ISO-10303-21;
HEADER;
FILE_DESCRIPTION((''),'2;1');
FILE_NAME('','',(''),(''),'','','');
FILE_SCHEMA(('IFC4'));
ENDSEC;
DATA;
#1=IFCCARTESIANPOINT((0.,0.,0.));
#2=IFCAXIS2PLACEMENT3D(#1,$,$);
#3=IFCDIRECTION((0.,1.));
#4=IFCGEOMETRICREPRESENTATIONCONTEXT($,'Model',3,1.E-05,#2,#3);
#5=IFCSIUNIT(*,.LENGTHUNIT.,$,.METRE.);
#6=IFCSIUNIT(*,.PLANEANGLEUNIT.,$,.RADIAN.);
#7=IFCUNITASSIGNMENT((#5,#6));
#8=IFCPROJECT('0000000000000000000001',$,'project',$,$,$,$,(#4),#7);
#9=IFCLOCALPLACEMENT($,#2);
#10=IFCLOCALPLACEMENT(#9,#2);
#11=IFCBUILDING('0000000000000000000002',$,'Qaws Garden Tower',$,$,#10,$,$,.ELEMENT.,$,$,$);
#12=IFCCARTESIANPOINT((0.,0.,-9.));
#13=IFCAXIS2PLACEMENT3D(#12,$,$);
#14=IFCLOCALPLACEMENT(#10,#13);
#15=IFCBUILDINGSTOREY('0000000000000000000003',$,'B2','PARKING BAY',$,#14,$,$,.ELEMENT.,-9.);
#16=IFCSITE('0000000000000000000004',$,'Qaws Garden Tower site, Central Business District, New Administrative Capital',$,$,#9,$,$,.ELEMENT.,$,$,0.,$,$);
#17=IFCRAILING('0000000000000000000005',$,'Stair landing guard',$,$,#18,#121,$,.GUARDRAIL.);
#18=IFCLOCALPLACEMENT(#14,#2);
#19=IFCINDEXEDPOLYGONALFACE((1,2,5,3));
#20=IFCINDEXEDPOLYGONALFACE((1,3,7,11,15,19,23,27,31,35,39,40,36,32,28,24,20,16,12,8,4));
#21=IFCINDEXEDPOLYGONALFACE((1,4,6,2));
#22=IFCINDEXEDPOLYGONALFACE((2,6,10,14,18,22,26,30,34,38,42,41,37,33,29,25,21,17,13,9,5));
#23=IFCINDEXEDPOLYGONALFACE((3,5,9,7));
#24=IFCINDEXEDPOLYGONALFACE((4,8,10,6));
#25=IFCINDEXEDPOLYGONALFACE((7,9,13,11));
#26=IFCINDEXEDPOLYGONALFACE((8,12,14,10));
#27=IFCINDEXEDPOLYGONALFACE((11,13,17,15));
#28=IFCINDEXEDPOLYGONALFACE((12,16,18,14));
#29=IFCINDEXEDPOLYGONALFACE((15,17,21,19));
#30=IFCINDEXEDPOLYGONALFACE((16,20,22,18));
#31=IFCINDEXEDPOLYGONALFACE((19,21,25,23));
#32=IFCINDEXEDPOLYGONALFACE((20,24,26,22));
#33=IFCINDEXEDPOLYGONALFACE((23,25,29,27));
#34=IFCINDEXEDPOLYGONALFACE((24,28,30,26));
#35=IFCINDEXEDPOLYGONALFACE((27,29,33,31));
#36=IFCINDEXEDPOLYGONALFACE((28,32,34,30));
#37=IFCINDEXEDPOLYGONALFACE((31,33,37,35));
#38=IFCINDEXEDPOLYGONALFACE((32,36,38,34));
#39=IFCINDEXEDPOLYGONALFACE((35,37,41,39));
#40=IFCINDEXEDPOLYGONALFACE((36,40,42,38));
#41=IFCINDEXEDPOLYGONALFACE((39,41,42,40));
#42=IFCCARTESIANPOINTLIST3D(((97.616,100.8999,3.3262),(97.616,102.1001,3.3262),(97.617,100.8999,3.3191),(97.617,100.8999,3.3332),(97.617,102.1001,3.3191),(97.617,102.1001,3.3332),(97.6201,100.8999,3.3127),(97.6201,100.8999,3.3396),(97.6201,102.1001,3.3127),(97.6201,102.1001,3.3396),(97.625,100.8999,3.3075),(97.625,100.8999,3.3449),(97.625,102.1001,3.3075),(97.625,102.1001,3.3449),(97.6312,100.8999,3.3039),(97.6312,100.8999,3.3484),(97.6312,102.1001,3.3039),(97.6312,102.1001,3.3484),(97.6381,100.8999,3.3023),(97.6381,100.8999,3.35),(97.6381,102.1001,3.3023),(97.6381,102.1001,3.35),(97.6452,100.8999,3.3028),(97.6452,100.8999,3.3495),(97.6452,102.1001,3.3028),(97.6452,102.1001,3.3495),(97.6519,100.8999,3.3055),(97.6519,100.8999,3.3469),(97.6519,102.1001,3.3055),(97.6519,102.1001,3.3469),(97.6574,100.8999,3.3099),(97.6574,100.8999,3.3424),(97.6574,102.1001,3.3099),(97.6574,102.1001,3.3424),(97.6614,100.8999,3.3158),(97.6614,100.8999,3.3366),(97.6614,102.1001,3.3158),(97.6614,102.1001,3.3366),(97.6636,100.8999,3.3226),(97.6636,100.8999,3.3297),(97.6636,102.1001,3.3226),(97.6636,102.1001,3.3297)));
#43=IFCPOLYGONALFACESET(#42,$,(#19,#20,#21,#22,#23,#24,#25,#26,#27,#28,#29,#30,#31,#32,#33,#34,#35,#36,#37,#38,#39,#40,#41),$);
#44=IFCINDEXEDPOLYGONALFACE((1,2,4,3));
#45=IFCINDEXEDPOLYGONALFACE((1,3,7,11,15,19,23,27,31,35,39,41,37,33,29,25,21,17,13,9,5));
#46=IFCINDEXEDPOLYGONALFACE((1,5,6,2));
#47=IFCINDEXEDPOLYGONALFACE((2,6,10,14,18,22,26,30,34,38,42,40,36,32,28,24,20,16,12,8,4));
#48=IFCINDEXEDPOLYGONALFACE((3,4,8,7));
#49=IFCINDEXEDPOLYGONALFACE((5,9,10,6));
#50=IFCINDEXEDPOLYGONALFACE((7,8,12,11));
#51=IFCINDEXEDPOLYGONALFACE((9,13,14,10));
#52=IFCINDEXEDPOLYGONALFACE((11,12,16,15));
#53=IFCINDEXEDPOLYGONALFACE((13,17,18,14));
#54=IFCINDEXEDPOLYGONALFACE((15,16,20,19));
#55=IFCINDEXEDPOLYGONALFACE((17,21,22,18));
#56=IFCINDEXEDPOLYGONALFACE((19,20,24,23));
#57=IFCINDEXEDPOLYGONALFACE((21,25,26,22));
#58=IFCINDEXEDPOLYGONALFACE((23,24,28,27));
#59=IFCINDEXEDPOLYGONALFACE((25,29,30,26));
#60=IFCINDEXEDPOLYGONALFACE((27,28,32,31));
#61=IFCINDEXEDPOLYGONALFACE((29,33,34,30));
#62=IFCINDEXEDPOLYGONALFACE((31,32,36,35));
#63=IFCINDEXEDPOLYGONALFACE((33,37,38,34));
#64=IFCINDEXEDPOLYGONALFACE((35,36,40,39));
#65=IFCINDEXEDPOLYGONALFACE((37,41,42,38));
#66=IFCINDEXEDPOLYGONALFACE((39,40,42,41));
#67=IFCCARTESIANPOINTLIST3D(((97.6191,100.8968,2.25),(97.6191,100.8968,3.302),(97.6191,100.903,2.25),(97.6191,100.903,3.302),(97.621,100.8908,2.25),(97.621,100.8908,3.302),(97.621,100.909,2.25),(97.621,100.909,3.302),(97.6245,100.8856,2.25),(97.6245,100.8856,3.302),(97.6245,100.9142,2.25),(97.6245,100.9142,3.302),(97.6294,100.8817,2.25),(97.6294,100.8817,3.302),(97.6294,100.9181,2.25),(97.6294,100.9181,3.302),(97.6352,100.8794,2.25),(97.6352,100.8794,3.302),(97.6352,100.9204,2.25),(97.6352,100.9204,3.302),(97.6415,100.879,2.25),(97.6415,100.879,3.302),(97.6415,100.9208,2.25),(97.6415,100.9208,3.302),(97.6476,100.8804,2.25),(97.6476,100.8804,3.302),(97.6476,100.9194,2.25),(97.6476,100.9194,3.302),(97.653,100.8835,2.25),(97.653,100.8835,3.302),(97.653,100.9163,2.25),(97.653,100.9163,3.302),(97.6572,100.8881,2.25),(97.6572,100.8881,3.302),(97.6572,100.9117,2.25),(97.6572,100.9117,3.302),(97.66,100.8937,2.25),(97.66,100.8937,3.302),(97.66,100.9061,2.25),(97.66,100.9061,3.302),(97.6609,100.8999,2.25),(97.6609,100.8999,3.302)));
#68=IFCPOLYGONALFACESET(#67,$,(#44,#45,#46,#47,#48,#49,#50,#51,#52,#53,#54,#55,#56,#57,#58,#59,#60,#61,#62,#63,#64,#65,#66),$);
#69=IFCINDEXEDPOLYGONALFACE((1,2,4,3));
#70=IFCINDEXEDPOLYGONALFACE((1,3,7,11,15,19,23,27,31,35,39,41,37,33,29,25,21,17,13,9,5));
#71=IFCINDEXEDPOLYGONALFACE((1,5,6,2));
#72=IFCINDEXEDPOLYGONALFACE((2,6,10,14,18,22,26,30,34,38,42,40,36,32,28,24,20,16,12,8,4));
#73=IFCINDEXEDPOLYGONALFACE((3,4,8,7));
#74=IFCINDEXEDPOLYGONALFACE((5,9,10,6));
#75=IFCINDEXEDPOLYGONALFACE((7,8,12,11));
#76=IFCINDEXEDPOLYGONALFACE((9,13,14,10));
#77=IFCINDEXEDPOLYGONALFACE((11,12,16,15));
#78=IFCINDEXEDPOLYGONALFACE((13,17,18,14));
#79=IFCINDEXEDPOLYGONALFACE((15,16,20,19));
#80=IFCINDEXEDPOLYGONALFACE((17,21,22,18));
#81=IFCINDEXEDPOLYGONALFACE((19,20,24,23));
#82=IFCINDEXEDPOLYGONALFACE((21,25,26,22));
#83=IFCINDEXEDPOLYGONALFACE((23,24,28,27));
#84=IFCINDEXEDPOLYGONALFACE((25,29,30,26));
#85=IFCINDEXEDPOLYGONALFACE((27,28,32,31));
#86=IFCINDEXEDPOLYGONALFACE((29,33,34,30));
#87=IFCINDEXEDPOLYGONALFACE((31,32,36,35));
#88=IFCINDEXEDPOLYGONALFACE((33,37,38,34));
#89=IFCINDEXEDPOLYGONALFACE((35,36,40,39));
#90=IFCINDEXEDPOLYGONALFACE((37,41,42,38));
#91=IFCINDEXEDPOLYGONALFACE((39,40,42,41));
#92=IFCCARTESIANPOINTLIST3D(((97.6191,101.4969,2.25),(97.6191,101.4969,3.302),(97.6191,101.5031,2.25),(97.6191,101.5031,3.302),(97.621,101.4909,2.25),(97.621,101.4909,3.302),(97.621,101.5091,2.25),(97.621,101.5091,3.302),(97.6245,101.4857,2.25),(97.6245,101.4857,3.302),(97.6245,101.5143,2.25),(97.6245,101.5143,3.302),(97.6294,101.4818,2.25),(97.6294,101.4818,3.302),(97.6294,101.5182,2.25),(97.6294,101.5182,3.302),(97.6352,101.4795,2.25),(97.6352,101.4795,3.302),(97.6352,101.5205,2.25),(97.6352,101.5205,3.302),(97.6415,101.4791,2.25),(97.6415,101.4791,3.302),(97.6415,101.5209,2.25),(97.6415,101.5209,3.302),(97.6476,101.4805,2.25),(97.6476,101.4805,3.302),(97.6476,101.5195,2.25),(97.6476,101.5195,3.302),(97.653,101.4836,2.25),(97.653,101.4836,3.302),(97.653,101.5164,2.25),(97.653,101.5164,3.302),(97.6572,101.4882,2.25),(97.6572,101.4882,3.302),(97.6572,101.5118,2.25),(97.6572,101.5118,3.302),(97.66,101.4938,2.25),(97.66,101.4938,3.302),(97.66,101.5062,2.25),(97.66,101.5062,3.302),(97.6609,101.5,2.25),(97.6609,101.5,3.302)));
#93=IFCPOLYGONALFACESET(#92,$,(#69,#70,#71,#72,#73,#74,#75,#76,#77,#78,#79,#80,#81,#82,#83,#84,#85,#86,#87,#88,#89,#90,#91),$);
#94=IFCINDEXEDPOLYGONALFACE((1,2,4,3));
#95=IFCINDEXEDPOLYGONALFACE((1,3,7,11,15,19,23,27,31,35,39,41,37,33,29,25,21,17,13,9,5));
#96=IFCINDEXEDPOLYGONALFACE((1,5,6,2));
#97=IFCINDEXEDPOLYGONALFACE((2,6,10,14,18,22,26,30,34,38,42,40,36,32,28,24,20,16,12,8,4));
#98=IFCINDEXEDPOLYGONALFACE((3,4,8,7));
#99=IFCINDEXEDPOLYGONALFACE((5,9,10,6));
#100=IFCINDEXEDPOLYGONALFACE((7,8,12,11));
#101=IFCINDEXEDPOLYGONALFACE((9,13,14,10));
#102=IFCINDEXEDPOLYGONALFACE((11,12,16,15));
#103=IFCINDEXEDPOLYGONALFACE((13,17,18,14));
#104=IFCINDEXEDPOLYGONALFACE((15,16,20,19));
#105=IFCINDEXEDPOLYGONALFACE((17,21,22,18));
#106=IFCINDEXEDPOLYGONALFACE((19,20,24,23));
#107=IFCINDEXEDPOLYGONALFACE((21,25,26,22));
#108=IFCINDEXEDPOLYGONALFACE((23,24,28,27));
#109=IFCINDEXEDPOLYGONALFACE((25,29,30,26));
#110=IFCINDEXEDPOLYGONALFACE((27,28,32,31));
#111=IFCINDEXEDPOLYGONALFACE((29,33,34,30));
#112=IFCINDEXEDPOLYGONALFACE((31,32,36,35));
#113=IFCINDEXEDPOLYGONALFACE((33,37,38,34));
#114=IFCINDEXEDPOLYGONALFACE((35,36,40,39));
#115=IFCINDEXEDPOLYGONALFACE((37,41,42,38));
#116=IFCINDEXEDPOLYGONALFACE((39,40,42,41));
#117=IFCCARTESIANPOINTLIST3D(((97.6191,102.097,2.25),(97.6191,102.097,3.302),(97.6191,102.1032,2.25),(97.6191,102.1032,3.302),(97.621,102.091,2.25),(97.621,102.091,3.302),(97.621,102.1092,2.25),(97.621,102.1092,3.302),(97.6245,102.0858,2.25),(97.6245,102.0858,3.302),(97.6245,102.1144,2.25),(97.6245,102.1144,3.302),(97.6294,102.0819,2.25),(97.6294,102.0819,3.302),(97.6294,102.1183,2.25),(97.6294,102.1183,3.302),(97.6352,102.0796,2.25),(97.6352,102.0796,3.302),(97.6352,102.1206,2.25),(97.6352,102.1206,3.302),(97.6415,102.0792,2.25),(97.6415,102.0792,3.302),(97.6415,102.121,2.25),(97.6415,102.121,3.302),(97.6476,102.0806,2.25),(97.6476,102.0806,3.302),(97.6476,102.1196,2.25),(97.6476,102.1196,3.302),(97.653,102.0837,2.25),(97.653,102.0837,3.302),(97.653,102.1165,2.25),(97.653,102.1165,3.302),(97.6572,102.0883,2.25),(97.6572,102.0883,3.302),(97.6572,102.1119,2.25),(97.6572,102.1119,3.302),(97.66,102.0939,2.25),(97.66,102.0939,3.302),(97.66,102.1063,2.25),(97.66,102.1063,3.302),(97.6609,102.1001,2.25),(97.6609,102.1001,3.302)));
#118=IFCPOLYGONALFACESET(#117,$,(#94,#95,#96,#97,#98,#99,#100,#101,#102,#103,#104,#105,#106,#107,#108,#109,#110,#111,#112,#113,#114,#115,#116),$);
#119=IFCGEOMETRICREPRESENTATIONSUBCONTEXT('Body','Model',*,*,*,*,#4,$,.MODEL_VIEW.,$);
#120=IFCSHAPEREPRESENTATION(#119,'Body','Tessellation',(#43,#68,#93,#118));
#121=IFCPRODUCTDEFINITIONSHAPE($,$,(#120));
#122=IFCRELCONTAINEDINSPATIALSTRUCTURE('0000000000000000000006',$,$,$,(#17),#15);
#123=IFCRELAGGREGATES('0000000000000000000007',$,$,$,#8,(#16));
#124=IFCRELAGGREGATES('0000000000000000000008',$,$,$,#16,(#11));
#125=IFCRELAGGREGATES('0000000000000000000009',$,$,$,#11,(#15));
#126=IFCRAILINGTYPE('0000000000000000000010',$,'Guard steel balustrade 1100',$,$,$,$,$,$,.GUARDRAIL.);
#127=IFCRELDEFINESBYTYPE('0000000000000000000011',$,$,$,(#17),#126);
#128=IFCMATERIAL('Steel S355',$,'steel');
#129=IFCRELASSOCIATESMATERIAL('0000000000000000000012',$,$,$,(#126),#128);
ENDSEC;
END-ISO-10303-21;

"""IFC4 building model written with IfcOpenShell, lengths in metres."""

from ifc_helpers import new_model, si_unit, direction, frame, origin, origin_2d, place, context, subcontext, project, spatial, circle, extrude, material, type_object, element, save


model = new_model("IFC4")

# Units and contexts
model_context = context("Model", 3, precision=1e-05, world=origin(), true_north=direction((0.0, 1.0)))
body_context = subcontext(model_context, "Body", "Model", "MODEL_VIEW")
ifc_project = project(units=[si_unit("LENGTHUNIT", "METRE"), si_unit("PLANEANGLEUNIT", "RADIAN")], contexts=[model_context])

# Site, building, storey
site_placement = place(None, origin())
site = spatial("IfcSite", under=ifc_project, at=site_placement, Name="Qaws Garden Tower site, Central Business District, New Administrative Capital", CompositionType="ELEMENT", RefElevation=0.0)
building_placement = place(site_placement, origin())
building = spatial("IfcBuilding", under=site, at=building_placement, Name="Qaws Garden Tower", CompositionType="ELEMENT")
storey_placement = place(building_placement, frame((0.0, 0.0, -9.0)))
storey = spatial("IfcBuildingStorey", under=building, at=storey_placement, Name="B2", Description="PARKING BAY", CompositionType="ELEMENT", Elevation=-9.0)

# Railing
ifc_material_1 = material(Name="Steel S355", Category="steel")
railing_type_1 = type_object("IfcRailingType", Name="Guard steel balustrade 1100", PredefinedType="GUARDRAIL", material=ifc_material_1)
railing_placement = place(storey_placement, frame((97.6399, 100.8999, 2.25)))
element("IfcRailing", 1, at=railing_placement, inside=storey, type_object=railing_type_1, Name="Stair landing guard", PredefinedType="GUARDRAIL", context=body_context, shape_type="SweptSolid", body=[
    extrude(circle(Radius=0.0239, at=origin_2d()), frame((0.0, 0.0, 1.0762), z_axis=(0.0, 1.0, 0.0), x_axis=(-1.0, 0.0, 0.0)), (0.0, 0.0, 1.0), 1.2002),
    extrude(circle(Radius=0.021, at=origin_2d()), origin(), (0.0, 0.0, 1.0), 1.052),
    extrude(circle(Radius=0.021, at=origin_2d()), frame((0.0, 0.6001, 0.0)), (0.0, 0.0, 1.0), 1.052),
    extrude(circle(Radius=0.021, at=origin_2d()), frame((0.0, 1.2002, 0.0)), (0.0, 0.0, 1.0), 1.052),
])

save(model, "model.ifc")
